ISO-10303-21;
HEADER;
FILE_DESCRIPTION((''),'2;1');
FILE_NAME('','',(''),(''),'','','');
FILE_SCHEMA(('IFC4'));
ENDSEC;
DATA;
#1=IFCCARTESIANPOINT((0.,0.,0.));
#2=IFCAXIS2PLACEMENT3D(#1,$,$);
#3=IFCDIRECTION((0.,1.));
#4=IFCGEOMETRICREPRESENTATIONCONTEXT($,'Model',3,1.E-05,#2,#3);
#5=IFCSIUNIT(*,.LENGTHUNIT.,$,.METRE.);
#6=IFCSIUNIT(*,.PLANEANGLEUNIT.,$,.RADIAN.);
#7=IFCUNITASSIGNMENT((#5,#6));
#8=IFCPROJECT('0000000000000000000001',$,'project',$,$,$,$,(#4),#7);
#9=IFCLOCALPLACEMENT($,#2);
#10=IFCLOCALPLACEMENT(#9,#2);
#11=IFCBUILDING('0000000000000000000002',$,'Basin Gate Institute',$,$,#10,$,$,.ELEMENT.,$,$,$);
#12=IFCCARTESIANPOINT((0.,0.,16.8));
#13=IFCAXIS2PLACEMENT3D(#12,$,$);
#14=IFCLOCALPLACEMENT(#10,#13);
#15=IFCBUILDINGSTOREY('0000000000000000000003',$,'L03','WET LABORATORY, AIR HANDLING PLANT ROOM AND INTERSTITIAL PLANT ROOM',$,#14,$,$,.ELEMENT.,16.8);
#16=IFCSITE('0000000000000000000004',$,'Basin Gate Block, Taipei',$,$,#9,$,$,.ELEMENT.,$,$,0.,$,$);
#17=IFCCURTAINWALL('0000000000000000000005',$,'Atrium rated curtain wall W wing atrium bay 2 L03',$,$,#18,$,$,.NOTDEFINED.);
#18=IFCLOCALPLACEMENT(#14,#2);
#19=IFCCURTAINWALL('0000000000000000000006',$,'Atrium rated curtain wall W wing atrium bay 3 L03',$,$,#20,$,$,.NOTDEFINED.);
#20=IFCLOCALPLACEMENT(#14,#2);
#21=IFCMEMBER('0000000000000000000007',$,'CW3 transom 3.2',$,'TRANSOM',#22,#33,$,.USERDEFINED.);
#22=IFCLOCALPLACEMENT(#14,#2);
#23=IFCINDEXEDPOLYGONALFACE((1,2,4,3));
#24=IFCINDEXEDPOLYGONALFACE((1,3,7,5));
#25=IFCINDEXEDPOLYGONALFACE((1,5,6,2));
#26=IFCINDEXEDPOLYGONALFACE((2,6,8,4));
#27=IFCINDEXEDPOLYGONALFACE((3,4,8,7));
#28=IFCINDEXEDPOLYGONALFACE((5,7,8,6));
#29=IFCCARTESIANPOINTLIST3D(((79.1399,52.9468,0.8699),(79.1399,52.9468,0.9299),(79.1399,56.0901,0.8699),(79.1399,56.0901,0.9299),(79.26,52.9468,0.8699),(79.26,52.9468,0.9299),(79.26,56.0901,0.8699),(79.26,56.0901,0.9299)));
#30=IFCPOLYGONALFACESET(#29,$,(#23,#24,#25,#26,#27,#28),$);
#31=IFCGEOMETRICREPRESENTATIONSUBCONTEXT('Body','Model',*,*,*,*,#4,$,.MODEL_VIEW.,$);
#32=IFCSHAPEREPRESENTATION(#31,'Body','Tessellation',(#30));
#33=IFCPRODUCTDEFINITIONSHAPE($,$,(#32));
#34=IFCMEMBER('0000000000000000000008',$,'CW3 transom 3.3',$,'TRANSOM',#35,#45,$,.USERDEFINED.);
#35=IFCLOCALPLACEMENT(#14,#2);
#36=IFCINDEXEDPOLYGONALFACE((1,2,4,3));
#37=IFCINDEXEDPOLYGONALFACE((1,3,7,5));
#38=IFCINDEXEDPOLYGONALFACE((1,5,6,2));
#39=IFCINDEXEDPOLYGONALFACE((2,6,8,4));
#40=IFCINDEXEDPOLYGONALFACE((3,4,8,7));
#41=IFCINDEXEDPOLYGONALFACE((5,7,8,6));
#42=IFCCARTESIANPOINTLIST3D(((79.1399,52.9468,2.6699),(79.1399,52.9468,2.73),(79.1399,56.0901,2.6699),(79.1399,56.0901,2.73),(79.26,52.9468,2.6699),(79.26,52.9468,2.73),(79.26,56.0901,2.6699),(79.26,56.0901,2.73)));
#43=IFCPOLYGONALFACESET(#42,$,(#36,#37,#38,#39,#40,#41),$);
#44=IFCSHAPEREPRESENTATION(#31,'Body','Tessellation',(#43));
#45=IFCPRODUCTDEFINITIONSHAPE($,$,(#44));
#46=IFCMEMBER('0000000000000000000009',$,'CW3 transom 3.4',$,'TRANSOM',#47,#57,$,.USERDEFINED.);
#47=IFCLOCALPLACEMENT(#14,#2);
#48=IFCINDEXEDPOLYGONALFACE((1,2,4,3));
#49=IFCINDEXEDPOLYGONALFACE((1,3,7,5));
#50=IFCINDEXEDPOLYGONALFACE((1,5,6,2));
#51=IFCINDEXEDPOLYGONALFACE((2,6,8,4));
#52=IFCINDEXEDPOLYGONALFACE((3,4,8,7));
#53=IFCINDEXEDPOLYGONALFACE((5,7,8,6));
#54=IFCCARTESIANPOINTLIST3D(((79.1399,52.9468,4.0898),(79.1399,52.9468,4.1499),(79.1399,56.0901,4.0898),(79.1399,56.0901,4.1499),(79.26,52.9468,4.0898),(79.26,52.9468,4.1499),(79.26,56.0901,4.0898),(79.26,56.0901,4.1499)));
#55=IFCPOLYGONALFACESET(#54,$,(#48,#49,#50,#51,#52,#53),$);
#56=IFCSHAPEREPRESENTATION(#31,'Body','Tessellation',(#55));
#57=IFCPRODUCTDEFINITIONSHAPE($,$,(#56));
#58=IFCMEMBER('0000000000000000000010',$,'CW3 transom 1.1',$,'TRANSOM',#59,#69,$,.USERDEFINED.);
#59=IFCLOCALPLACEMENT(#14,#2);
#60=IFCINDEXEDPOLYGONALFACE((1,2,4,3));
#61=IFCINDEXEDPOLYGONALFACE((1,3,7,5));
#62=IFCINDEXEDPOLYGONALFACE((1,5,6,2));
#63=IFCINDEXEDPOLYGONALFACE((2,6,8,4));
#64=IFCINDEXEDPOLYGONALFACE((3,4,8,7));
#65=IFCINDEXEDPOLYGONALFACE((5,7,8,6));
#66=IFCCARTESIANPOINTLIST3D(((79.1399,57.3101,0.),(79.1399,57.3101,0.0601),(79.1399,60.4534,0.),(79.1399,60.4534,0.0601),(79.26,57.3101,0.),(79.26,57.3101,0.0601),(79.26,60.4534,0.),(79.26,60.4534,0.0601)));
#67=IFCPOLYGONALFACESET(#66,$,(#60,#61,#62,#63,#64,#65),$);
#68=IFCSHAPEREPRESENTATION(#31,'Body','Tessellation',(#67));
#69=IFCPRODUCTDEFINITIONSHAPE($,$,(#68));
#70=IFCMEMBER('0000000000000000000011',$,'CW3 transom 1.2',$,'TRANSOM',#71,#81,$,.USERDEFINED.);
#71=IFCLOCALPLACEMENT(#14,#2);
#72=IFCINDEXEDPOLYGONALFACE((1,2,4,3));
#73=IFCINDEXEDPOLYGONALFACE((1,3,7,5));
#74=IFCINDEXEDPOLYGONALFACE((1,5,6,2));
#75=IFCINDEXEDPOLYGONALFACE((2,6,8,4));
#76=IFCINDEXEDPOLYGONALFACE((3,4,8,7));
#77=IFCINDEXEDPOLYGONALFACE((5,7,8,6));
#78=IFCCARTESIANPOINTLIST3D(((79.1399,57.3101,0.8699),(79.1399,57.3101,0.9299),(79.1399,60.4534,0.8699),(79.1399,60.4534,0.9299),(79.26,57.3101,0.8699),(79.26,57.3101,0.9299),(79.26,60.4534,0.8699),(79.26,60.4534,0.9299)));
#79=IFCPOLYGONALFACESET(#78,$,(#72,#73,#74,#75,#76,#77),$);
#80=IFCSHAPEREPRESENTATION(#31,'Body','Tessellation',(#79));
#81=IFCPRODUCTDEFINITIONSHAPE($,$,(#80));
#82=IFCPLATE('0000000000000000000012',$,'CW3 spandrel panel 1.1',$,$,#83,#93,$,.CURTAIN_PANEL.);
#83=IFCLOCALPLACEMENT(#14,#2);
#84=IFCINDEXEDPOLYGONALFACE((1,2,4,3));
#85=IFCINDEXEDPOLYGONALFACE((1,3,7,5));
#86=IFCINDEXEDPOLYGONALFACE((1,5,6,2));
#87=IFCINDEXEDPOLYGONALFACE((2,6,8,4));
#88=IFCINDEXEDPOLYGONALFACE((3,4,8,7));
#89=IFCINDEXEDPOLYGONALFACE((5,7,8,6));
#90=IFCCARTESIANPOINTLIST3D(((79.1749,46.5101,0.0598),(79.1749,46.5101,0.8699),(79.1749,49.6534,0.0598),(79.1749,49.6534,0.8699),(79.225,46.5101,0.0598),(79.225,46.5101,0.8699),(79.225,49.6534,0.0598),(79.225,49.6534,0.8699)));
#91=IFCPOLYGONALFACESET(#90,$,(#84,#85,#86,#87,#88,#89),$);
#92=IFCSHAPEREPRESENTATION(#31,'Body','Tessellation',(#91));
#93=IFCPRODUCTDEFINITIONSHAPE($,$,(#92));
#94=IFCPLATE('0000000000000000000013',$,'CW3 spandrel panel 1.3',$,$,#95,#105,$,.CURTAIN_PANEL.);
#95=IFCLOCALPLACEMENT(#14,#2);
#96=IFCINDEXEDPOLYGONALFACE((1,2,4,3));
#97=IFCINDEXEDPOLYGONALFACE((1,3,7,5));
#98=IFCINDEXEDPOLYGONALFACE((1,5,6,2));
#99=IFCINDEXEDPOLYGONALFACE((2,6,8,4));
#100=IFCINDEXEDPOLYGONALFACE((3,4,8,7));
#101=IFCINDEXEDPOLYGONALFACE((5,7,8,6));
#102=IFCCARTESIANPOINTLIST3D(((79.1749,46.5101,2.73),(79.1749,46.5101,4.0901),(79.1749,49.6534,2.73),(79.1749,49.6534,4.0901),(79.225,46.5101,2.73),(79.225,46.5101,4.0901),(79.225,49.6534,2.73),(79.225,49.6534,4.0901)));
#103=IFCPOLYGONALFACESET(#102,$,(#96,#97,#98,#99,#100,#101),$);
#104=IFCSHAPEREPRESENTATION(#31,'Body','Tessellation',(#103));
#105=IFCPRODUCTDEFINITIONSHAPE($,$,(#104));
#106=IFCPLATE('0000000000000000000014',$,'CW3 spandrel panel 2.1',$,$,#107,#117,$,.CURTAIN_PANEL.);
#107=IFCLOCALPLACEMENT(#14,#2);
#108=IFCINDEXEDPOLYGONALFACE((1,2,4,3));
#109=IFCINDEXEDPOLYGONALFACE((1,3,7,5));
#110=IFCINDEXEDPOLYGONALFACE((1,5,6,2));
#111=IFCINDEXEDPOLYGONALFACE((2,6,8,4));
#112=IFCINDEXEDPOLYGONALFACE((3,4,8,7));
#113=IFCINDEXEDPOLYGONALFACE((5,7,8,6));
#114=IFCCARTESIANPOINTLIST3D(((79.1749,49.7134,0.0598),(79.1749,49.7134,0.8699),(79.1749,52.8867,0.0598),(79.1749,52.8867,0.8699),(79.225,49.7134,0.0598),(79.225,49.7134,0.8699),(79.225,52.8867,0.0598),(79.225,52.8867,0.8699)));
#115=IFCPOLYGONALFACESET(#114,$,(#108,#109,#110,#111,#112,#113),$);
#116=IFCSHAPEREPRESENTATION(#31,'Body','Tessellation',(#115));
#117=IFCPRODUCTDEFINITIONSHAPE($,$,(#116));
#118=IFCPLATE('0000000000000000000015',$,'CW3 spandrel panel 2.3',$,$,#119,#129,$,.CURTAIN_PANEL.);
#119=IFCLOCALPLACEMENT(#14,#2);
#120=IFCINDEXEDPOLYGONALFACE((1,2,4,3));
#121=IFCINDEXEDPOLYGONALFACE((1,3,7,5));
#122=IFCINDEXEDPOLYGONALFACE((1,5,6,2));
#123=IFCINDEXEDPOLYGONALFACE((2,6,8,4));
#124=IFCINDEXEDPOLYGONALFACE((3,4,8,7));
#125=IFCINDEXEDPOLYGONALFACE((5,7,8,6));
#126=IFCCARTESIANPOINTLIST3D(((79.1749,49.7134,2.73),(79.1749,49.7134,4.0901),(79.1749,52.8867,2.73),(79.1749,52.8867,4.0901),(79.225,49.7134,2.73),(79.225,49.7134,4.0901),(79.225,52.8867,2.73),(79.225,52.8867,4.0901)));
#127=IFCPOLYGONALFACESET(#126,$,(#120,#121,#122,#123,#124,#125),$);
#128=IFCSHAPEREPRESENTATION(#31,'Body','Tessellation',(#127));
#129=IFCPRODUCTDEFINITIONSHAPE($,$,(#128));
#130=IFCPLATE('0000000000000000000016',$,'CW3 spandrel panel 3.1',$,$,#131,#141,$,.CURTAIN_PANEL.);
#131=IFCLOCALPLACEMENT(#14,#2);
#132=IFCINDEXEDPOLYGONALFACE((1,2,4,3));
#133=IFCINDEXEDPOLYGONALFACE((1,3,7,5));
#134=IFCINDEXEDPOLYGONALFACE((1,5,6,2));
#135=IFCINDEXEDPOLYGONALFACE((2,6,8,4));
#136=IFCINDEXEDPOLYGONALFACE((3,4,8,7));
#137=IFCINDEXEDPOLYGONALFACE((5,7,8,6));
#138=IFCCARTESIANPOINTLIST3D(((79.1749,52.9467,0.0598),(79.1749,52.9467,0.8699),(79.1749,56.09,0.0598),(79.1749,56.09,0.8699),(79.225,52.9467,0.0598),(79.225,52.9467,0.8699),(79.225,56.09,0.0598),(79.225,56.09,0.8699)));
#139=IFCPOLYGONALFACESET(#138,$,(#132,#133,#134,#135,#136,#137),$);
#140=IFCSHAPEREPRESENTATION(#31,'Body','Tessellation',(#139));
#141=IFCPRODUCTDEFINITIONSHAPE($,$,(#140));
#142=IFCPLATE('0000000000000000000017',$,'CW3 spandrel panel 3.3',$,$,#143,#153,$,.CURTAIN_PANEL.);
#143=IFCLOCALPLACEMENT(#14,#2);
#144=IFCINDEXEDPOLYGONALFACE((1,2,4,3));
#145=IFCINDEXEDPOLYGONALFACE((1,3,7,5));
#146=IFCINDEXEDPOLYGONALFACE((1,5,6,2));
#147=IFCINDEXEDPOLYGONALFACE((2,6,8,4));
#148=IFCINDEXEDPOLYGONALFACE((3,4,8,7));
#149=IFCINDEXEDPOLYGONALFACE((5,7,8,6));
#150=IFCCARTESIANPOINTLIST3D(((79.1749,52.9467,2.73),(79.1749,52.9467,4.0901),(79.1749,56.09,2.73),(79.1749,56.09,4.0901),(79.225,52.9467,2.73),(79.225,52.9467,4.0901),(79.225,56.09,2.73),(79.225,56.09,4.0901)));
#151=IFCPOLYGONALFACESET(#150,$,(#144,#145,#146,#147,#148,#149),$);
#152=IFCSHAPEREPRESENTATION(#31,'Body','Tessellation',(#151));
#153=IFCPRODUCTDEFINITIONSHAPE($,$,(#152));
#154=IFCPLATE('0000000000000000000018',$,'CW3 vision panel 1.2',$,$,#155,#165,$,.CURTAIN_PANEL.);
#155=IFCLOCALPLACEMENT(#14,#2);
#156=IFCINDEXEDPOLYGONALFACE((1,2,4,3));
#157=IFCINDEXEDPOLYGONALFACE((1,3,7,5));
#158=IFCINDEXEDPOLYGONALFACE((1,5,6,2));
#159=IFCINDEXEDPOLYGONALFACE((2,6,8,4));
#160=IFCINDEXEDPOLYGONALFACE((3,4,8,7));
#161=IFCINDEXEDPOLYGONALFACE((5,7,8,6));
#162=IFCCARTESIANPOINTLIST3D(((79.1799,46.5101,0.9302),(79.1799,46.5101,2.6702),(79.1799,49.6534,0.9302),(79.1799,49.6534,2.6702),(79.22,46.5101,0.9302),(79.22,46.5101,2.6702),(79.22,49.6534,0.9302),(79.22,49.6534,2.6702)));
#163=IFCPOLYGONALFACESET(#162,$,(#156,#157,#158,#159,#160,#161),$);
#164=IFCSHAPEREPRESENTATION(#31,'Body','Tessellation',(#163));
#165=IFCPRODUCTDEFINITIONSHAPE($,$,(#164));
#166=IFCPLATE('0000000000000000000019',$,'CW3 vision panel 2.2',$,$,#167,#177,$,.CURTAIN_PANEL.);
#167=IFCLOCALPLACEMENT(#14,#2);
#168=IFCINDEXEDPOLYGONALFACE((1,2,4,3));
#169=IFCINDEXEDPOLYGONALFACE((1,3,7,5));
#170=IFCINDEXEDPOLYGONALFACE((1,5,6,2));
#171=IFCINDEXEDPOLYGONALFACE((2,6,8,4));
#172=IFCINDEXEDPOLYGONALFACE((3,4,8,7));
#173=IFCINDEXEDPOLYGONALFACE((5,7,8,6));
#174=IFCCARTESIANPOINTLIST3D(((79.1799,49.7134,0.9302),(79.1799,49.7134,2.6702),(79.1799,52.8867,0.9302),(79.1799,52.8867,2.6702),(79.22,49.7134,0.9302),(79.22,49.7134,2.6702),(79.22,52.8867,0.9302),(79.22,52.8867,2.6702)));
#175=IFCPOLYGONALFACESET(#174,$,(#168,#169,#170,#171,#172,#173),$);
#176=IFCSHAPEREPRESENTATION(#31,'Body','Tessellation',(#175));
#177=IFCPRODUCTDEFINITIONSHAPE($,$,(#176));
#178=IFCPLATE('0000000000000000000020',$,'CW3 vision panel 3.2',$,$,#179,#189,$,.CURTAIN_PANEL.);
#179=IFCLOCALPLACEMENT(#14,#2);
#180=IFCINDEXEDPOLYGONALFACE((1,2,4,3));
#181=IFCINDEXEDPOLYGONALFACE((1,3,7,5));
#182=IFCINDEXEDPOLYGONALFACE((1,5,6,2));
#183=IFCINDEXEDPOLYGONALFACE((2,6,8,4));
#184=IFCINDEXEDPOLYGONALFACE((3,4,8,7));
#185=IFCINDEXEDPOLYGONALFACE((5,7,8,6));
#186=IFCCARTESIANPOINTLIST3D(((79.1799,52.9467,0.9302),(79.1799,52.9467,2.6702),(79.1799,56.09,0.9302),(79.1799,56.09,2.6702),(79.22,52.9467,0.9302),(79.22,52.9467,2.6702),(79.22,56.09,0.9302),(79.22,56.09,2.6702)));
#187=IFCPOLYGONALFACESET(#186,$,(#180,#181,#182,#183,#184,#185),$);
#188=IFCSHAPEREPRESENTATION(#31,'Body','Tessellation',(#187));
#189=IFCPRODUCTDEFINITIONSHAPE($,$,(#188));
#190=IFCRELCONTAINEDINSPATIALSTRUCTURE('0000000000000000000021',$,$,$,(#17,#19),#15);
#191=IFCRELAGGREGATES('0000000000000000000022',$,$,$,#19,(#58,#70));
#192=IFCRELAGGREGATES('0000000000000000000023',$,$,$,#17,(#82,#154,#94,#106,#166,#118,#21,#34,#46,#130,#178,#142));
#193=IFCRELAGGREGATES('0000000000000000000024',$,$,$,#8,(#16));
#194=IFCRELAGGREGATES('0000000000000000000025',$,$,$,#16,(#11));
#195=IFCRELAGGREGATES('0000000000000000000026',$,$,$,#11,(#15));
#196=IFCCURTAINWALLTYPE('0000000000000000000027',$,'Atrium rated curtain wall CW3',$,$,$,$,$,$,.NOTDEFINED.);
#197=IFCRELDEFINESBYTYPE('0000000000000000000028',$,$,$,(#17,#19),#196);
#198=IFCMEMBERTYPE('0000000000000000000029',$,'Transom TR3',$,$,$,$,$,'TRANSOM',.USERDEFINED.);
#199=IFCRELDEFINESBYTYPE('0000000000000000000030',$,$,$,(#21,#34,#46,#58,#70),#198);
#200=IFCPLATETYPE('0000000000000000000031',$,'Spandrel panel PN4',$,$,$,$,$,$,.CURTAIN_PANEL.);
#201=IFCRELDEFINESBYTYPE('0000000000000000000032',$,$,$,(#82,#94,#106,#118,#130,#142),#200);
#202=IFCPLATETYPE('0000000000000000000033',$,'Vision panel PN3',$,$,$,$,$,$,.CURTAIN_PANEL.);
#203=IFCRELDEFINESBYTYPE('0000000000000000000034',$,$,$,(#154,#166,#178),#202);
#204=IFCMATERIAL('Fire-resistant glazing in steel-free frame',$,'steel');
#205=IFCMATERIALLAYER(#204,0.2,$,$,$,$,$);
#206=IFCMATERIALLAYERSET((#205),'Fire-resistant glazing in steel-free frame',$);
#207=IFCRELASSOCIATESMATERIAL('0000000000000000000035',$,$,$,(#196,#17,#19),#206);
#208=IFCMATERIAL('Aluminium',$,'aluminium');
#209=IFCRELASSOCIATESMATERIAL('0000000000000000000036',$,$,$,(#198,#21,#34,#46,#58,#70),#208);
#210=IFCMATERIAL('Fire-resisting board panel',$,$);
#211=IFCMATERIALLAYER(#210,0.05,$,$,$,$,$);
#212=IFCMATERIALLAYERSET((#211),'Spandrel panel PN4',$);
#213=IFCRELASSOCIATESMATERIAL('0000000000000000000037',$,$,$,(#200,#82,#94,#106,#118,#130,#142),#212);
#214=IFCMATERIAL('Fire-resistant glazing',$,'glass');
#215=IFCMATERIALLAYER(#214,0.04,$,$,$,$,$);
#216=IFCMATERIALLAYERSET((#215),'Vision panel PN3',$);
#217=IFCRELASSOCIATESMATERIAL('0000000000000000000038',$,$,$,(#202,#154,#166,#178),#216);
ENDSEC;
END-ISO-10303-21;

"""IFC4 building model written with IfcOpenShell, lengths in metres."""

from ifc_helpers import new_model, si_unit, direction, frame, origin, origin_2d, place, context, subcontext, project, spatial, rectangle, extrude, material, layer, layer_set, material_profile, profile_set, type_object, element, aggregate, save


model = new_model("IFC4")

# Units and contexts
model_context = context("Model", 3, precision=1e-05, world=origin(), true_north=direction((0.0, 1.0)))
body_context = subcontext(model_context, "Body", "Model", "MODEL_VIEW")
ifc_project = project(units=[si_unit("LENGTHUNIT", "METRE"), si_unit("PLANEANGLEUNIT", "RADIAN")], contexts=[model_context])

# Site, building, storey
site_placement = place(None, origin())
site = spatial("IfcSite", under=ifc_project, at=site_placement, Name="Basin Gate Block, Taipei", CompositionType="ELEMENT", RefElevation=0.0)
building_placement = place(site_placement, origin())
building = spatial("IfcBuilding", under=site, at=building_placement, Name="Basin Gate Institute", CompositionType="ELEMENT")
storey_placement = place(building_placement, frame((0.0, 0.0, 16.8)))
storey = spatial("IfcBuildingStorey", under=building, at=storey_placement, Name="L03", Description="WET LABORATORY, AIR HANDLING PLANT ROOM AND INTERSTITIAL PLANT ROOM", CompositionType="ELEMENT", Elevation=16.8)

# Curtain wall
ifc_material_1 = material(Name="Fire-resistant glazing in steel-free frame", Category="steel")
ifc_layer_1 = layer(ifc_material_1, 0.2)
ifc_layer_set_1 = layer_set([ifc_layer_1], Name="Fire-resistant glazing in steel-free frame")
curtain_wall_type = type_object("IfcCurtainWallType", Name="Atrium rated curtain wall CW3", PredefinedType="NOTDEFINED", material=ifc_layer_set_1)
curtain_wall_1_placement = place(storey_placement, origin())
curtain_wall_1 = element("IfcCurtainWall", 1, at=curtain_wall_1_placement, inside=storey, type_object=curtain_wall_type, material=ifc_layer_set_1, Name="Atrium rated curtain wall W wing atrium bay 2 L03", PredefinedType="NOTDEFINED")

# Curtain wall
curtain_wall_2_placement = place(storey_placement, origin())
curtain_wall_2 = element("IfcCurtainWall", 2, at=curtain_wall_2_placement, inside=storey, type_object=curtain_wall_type, material=ifc_layer_set_1, Name="Atrium rated curtain wall W wing atrium bay 3 L03", PredefinedType="NOTDEFINED")

# Members
ifc_material_2 = material(Name="Aluminium", Category="aluminium")
ifc_material_profile_1 = material_profile(ifc_material_2, rectangle(XDim=0.1201, YDim=0.0601, at=origin_2d()), Name="Transom TR3 120 x 60")
ifc_profile_set_1 = profile_set([ifc_material_profile_1], Name="Aluminium")
member_type_1 = type_object("IfcMemberType", Name="Transom TR3", ElementType="TRANSOM", PredefinedType="USERDEFINED", material=ifc_profile_set_1)
member_1_placement = place(storey_placement, frame((79.2, 52.9468, 0.8999), z_axis=(0.0, 1.0, 0.0), x_axis=(-1.0, 0.0, 0.0)))
member_1 = element("IfcMember", 3, at=member_1_placement, type_object=member_type_1, material=ifc_profile_set_1, Name="CW3 transom 3.2", ObjectType="TRANSOM", PredefinedType="USERDEFINED", context=body_context, shape_type="SweptSolid", body=[
    extrude(rectangle(XDim=0.1201, YDim=0.0601, at=origin_2d()), origin(), (0.0, 0.0, 1.0), 3.1433),
])
member_2_placement = place(storey_placement, frame((79.2, 52.9468, 2.7), z_axis=(0.0, 1.0, 0.0), x_axis=(-1.0, 0.0, 0.0)))
member_2 = element("IfcMember", 4, at=member_2_placement, type_object=member_type_1, material=ifc_profile_set_1, Name="CW3 transom 3.3", ObjectType="TRANSOM", PredefinedType="USERDEFINED", context=body_context, shape_type="SweptSolid", body=[
    extrude(rectangle(XDim=0.1201, YDim=0.0601, at=origin_2d()), origin(), (0.0, 0.0, 1.0), 3.1433),
])
member_3_placement = place(storey_placement, frame((79.2, 52.9468, 4.1199), z_axis=(0.0, 1.0, 0.0), x_axis=(-1.0, 0.0, 0.0)))
member_3 = element("IfcMember", 5, at=member_3_placement, type_object=member_type_1, material=ifc_profile_set_1, Name="CW3 transom 3.4", ObjectType="TRANSOM", PredefinedType="USERDEFINED", context=body_context, shape_type="SweptSolid", body=[
    extrude(rectangle(XDim=0.1201, YDim=0.0601, at=origin_2d()), origin(), (0.0, 0.0, 1.0), 3.1433),
])
member_4_placement = place(storey_placement, frame((79.2, 57.3101, 0.03), z_axis=(0.0, 1.0, 0.0), x_axis=(-1.0, 0.0, 0.0)))
member_4 = element("IfcMember", 6, at=member_4_placement, type_object=member_type_1, material=ifc_profile_set_1, Name="CW3 transom 1.1", ObjectType="TRANSOM", PredefinedType="USERDEFINED", context=body_context, shape_type="SweptSolid", body=[
    extrude(rectangle(XDim=0.1201, YDim=0.0601, at=origin_2d()), origin(), (0.0, 0.0, 1.0), 3.1433),
])
member_5_placement = place(storey_placement, frame((79.2, 57.3101, 0.8999), z_axis=(0.0, 1.0, 0.0), x_axis=(-1.0, 0.0, 0.0)))
member_5 = element("IfcMember", 7, at=member_5_placement, type_object=member_type_1, material=ifc_profile_set_1, Name="CW3 transom 1.2", ObjectType="TRANSOM", PredefinedType="USERDEFINED", context=body_context, shape_type="SweptSolid", body=[
    extrude(rectangle(XDim=0.1201, YDim=0.0601, at=origin_2d()), origin(), (0.0, 0.0, 1.0), 3.1433),
])
aggregate(curtain_wall_2, [member_4, member_5])

# Plates
ifc_material_3 = material(Name="Fire-resisting board panel")
ifc_layer_2 = layer(ifc_material_3, 0.05)
ifc_layer_set_2 = layer_set([ifc_layer_2], Name="Spandrel panel PN4")
plate_type_1 = type_object("IfcPlateType", Name="Spandrel panel PN4", PredefinedType="CURTAIN_PANEL", material=ifc_layer_set_2)
plate_1_placement = place(storey_placement, frame((79.2, 48.0818, 0.0598), z_axis=(0.0, 0.0, 1.0), x_axis=(0.0, 1.0, 0.0)))
plate_1 = element("IfcPlate", 8, at=plate_1_placement, type_object=plate_type_1, material=ifc_layer_set_2, Name="CW3 spandrel panel 1.1", PredefinedType="CURTAIN_PANEL", context=body_context, shape_type="SweptSolid", body=[
    extrude(rectangle(XDim=3.1433, YDim=0.05, at=origin_2d()), origin(), (0.0, 0.0, 1.0), 0.8101),
])
plate_2_placement = place(storey_placement, frame((79.2, 48.0818, 2.73), z_axis=(0.0, 0.0, 1.0), x_axis=(0.0, 1.0, 0.0)))
plate_2 = element("IfcPlate", 9, at=plate_2_placement, type_object=plate_type_1, material=ifc_layer_set_2, Name="CW3 spandrel panel 1.3", PredefinedType="CURTAIN_PANEL", context=body_context, shape_type="SweptSolid", body=[
    extrude(rectangle(XDim=3.1433, YDim=0.05, at=origin_2d()), origin(), (0.0, 0.0, 1.0), 1.3601),
])
plate_3_placement = place(storey_placement, frame((79.2, 51.3, 0.0598), z_axis=(0.0, 0.0, 1.0), x_axis=(0.0, 1.0, 0.0)))
plate_3 = element("IfcPlate", 10, at=plate_3_placement, type_object=plate_type_1, material=ifc_layer_set_2, Name="CW3 spandrel panel 2.1", PredefinedType="CURTAIN_PANEL", context=body_context, shape_type="SweptSolid", body=[
    extrude(rectangle(XDim=3.1733, YDim=0.05, at=origin_2d()), origin(), (0.0, 0.0, 1.0), 0.8101),
])
plate_4_placement = place(storey_placement, frame((79.2, 51.3, 2.73), z_axis=(0.0, 0.0, 1.0), x_axis=(0.0, 1.0, 0.0)))
plate_4 = element("IfcPlate", 11, at=plate_4_placement, type_object=plate_type_1, material=ifc_layer_set_2, Name="CW3 spandrel panel 2.3", PredefinedType="CURTAIN_PANEL", context=body_context, shape_type="SweptSolid", body=[
    extrude(rectangle(XDim=3.1733, YDim=0.05, at=origin_2d()), origin(), (0.0, 0.0, 1.0), 1.3601),
])
plate_5_placement = place(storey_placement, frame((79.2, 54.5183, 0.0598), z_axis=(0.0, 0.0, 1.0), x_axis=(0.0, 1.0, 0.0)))
plate_5 = element("IfcPlate", 12, at=plate_5_placement, type_object=plate_type_1, material=ifc_layer_set_2, Name="CW3 spandrel panel 3.1", PredefinedType="CURTAIN_PANEL", context=body_context, shape_type="SweptSolid", body=[
    extrude(rectangle(XDim=3.1433, YDim=0.05, at=origin_2d()), origin(), (0.0, 0.0, 1.0), 0.8101),
])
plate_6_placement = place(storey_placement, frame((79.2, 54.5183, 2.73), z_axis=(0.0, 0.0, 1.0), x_axis=(0.0, 1.0, 0.0)))
plate_6 = element("IfcPlate", 13, at=plate_6_placement, type_object=plate_type_1, material=ifc_layer_set_2, Name="CW3 spandrel panel 3.3", PredefinedType="CURTAIN_PANEL", context=body_context, shape_type="SweptSolid", body=[
    extrude(rectangle(XDim=3.1433, YDim=0.05, at=origin_2d()), origin(), (0.0, 0.0, 1.0), 1.3601),
])
ifc_material_4 = material(Name="Fire-resistant glazing", Category="glass")
ifc_layer_3 = layer(ifc_material_4, 0.04)
ifc_layer_set_3 = layer_set([ifc_layer_3], Name="Vision panel PN3")
plate_type_2 = type_object("IfcPlateType", Name="Vision panel PN3", PredefinedType="CURTAIN_PANEL", material=ifc_layer_set_3)
plate_7_placement = place(storey_placement, frame((79.2, 48.0818, 0.9302), z_axis=(0.0, 0.0, 1.0), x_axis=(0.0, 1.0, 0.0)))
plate_7 = element("IfcPlate", 14, at=plate_7_placement, type_object=plate_type_2, material=ifc_layer_set_3, Name="CW3 vision panel 1.2", PredefinedType="CURTAIN_PANEL", context=body_context, shape_type="SweptSolid", body=[
    extrude(rectangle(XDim=3.1433, YDim=0.04, at=origin_2d()), origin(), (0.0, 0.0, 1.0), 1.74),
])
plate_8_placement = place(storey_placement, frame((79.2, 51.3, 0.9302), z_axis=(0.0, 0.0, 1.0), x_axis=(0.0, 1.0, 0.0)))
plate_8 = element("IfcPlate", 15, at=plate_8_placement, type_object=plate_type_2, material=ifc_layer_set_3, Name="CW3 vision panel 2.2", PredefinedType="CURTAIN_PANEL", context=body_context, shape_type="SweptSolid", body=[
    extrude(rectangle(XDim=3.1733, YDim=0.04, at=origin_2d()), origin(), (0.0, 0.0, 1.0), 1.74),
])
plate_9_placement = place(storey_placement, frame((79.2, 54.5183, 0.9302), z_axis=(0.0, 0.0, 1.0), x_axis=(0.0, 1.0, 0.0)))
plate_9 = element("IfcPlate", 16, at=plate_9_placement, type_object=plate_type_2, material=ifc_layer_set_3, Name="CW3 vision panel 3.2", PredefinedType="CURTAIN_PANEL", context=body_context, shape_type="SweptSolid", body=[
    extrude(rectangle(XDim=3.1433, YDim=0.04, at=origin_2d()), origin(), (0.0, 0.0, 1.0), 1.74),
])
aggregate(curtain_wall_1, [plate_1, plate_7, plate_2, plate_3, plate_8, plate_4, member_1, member_2, member_3, plate_5, plate_9, plate_6])

save(model, "model.ifc")
